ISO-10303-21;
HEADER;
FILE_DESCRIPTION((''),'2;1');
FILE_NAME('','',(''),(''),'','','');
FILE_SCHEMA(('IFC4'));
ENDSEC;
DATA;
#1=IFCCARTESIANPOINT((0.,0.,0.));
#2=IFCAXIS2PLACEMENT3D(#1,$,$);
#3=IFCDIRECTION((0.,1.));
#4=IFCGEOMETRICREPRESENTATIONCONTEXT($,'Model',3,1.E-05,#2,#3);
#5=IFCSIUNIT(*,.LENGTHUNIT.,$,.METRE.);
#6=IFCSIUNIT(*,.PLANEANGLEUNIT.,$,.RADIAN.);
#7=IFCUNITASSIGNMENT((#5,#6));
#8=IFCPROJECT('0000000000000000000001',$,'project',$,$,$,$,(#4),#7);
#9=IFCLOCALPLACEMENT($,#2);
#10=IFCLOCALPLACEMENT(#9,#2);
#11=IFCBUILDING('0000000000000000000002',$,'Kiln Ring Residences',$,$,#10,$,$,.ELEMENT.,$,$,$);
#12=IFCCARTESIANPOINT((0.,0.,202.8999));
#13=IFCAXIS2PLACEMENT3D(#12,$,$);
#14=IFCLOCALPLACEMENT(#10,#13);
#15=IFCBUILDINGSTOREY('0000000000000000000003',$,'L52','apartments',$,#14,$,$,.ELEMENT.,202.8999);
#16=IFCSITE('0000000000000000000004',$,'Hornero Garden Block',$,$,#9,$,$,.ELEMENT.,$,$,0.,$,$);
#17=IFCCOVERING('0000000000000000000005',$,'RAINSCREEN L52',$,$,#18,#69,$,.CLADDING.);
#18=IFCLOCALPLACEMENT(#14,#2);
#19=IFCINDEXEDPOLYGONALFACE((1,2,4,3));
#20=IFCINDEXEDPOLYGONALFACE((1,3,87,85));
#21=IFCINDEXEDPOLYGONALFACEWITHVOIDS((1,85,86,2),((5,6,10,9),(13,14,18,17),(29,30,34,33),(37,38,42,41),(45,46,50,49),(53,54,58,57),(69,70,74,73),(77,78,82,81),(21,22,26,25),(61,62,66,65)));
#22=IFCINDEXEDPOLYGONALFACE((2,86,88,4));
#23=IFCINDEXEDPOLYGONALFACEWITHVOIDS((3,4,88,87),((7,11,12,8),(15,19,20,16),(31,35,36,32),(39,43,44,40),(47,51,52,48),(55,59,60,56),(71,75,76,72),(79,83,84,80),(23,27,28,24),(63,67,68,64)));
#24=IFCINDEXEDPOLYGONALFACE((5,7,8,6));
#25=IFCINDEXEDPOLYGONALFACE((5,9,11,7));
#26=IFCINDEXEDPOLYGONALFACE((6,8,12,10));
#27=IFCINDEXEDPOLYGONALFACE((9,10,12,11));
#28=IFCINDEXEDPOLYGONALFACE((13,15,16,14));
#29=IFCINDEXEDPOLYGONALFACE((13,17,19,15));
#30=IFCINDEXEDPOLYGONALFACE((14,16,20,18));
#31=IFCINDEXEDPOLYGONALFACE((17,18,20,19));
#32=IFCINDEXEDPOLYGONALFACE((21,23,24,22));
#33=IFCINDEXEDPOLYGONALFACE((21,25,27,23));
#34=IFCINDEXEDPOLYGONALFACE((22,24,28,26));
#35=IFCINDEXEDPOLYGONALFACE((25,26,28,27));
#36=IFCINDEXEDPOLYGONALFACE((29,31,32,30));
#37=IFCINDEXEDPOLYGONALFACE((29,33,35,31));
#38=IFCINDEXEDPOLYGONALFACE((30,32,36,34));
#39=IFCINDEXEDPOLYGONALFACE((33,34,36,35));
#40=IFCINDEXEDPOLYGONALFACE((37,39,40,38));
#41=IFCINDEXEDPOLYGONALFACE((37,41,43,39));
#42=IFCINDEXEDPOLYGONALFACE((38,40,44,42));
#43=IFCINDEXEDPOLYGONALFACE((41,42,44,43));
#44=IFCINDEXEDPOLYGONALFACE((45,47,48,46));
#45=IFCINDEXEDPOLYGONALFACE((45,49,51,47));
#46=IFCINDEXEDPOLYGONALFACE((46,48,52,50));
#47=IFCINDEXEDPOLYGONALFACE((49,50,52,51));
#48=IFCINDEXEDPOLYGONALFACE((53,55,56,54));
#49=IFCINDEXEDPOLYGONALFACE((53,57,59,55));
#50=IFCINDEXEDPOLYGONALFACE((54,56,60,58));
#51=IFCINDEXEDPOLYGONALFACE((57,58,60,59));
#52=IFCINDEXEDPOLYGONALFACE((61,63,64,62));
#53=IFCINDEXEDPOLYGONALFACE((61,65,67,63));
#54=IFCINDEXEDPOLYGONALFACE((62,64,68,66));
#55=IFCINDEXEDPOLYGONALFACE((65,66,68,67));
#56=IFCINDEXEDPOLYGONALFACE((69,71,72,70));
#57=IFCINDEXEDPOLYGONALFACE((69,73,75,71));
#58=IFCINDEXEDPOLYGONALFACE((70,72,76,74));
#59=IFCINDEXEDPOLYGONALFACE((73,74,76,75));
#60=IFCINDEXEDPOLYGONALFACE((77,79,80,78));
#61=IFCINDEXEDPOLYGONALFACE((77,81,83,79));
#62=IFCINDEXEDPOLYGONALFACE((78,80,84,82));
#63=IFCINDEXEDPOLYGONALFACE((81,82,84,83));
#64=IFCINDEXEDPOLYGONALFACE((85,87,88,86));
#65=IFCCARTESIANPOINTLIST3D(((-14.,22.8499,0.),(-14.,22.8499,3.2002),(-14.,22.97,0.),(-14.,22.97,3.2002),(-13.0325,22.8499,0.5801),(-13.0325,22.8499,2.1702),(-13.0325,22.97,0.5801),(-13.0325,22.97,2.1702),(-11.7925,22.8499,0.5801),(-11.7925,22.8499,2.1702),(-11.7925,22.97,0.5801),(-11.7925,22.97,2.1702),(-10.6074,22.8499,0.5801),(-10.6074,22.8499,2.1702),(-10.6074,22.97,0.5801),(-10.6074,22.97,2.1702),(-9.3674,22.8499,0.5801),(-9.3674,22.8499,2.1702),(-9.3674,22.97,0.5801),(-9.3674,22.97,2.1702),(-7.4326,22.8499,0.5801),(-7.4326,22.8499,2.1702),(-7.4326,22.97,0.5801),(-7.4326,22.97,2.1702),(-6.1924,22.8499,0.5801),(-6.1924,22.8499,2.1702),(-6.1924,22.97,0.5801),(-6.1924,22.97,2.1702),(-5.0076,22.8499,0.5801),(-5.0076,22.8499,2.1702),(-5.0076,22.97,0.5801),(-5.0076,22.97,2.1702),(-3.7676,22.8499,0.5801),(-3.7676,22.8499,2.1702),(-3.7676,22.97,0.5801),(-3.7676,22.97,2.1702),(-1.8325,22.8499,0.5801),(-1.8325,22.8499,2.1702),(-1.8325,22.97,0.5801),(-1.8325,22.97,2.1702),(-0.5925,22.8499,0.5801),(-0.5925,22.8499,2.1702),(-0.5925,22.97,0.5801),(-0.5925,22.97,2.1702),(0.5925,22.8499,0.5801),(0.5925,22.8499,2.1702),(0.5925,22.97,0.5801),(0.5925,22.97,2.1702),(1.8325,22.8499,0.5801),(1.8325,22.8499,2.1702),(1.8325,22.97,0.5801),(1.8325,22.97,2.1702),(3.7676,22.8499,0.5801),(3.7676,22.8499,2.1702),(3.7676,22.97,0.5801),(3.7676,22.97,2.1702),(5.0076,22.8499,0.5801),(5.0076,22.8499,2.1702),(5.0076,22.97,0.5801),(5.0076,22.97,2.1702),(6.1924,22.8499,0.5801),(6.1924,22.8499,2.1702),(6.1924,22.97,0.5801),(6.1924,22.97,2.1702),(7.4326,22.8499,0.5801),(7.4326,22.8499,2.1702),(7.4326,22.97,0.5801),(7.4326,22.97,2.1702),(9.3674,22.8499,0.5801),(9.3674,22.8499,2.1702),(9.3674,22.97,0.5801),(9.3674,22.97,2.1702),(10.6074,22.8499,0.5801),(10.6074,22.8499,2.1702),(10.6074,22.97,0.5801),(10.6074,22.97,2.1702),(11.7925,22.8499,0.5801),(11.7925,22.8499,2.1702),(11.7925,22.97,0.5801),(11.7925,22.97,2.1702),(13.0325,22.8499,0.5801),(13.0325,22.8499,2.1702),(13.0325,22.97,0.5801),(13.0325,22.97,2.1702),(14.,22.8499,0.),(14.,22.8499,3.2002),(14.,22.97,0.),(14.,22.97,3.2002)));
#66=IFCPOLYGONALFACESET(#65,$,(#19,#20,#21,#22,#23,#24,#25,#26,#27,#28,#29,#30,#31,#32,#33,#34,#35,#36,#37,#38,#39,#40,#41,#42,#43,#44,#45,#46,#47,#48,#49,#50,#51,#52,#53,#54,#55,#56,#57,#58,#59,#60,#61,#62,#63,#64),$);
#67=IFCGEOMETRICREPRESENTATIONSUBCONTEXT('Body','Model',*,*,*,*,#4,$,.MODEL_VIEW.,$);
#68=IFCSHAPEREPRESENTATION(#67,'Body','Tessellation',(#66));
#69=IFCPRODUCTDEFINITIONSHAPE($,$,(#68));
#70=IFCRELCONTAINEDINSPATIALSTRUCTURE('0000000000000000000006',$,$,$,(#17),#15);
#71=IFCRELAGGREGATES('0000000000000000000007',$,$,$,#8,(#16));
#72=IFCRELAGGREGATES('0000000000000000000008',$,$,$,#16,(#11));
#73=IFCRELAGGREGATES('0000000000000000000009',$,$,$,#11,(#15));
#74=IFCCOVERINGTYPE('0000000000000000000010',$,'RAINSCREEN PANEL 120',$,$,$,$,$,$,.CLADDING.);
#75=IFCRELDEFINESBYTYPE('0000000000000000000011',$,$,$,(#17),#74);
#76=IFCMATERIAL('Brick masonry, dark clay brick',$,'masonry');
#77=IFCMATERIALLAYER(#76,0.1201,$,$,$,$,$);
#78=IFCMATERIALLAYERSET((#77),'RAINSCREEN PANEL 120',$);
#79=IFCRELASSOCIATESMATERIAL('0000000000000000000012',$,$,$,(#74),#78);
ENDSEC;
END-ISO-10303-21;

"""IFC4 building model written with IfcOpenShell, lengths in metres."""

from ifc_helpers import new_model, si_unit, direction, frame, origin, place, context, subcontext, project, spatial, polyline, outline, extrude, material, layer, layer_set, type_object, element, save


model = new_model("IFC4")

# Units and contexts
model_context = context("Model", 3, precision=1e-05, world=origin(), true_north=direction((0.0, 1.0)))
body_context = subcontext(model_context, "Body", "Model", "MODEL_VIEW")
ifc_project = project(units=[si_unit("LENGTHUNIT", "METRE"), si_unit("PLANEANGLEUNIT", "RADIAN")], contexts=[model_context])

# Site, building, storey
site_placement = place(None, origin())
site = spatial("IfcSite", under=ifc_project, at=site_placement, Name="Hornero Garden Block", CompositionType="ELEMENT", RefElevation=0.0)
building_placement = place(site_placement, origin())
building = spatial("IfcBuilding", under=site, at=building_placement, Name="Kiln Ring Residences", CompositionType="ELEMENT")
storey_placement = place(building_placement, frame((0.0, 0.0, 202.8999)))
storey = spatial("IfcBuildingStorey", under=building, at=storey_placement, Name="L52", Description="apartments", CompositionType="ELEMENT", Elevation=202.8999)

# Covering
ifc_material_1 = material(Name="Brick masonry, dark clay brick", Category="masonry")
ifc_layer_1 = layer(ifc_material_1, 0.1201)
ifc_layer_set_1 = layer_set([ifc_layer_1], Name="RAINSCREEN PANEL 120")
covering_type_1 = type_object("IfcCoveringType", Name="RAINSCREEN PANEL 120", PredefinedType="CLADDING", material=ifc_layer_set_1)
covering_1_placement = place(storey_placement, frame((14.0, 22.9099, 0.0), z_axis=(0.0, 0.0, 1.0), x_axis=(-1.0, 0.0, 0.0)))
element("IfcCovering", 1, at=covering_1_placement, inside=storey, type_object=covering_type_1, Name="RAINSCREEN L52", PredefinedType="CLADDING", context=body_context, shape_type="SweptSolid", body=[
    extrude(outline(polyline([(0.0, 0.0), (28.0, 0.0), (28.0, 3.2002), (0.0, 3.2002), (0.0, 0.0)]), holes=[polyline([(0.9675, 0.5801), (2.2075, 0.5801), (2.2075, 2.1702), (0.9675, 2.1702), (0.9675, 0.5801)]), polyline([(3.3926, 0.5801), (4.6326, 0.5801), (4.6326, 2.1702), (3.3926, 2.1702), (3.3926, 0.5801)]), polyline([(6.5674, 0.5801), (7.8076, 0.5801), (7.8076, 2.1702), (6.5674, 2.1702), (6.5674, 0.5801)]), polyline([(8.9924, 2.1702), (8.9924, 0.5801), (10.2324, 0.5801), (10.2324, 2.1702), (8.9924, 2.1702)]), polyline([(12.1675, 2.1702), (12.1675, 0.5801), (13.4075, 0.5801), (13.4075, 2.1702), (12.1675, 2.1702)]), polyline([(14.5925, 0.5801), (15.8325, 0.5801), (15.8325, 2.1702), (14.5925, 2.1702), (14.5925, 0.5801)]), polyline([(17.7676, 0.5801), (19.0076, 0.5801), (19.0076, 2.1702), (17.7676, 2.1702), (17.7676, 0.5801)]), polyline([(20.1924, 0.5801), (21.4326, 0.5801), (21.4326, 2.1702), (20.1924, 2.1702), (20.1924, 0.5801)]), polyline([(23.3674, 2.1702), (23.3674, 0.5801), (24.6074, 0.5801), (24.6074, 2.1702), (23.3674, 2.1702)]), polyline([(25.7925, 2.1702), (25.7925, 0.5801), (27.0325, 0.5801), (27.0325, 2.1702), (25.7925, 2.1702)])]), frame((0.0, 0.0601, 0.0), z_axis=(0.0, -1.0, 0.0), x_axis=(1.0, 0.0, 0.0)), (0.0, 0.0, 1.0), 0.1201),
])

save(model, "model.ifc")
